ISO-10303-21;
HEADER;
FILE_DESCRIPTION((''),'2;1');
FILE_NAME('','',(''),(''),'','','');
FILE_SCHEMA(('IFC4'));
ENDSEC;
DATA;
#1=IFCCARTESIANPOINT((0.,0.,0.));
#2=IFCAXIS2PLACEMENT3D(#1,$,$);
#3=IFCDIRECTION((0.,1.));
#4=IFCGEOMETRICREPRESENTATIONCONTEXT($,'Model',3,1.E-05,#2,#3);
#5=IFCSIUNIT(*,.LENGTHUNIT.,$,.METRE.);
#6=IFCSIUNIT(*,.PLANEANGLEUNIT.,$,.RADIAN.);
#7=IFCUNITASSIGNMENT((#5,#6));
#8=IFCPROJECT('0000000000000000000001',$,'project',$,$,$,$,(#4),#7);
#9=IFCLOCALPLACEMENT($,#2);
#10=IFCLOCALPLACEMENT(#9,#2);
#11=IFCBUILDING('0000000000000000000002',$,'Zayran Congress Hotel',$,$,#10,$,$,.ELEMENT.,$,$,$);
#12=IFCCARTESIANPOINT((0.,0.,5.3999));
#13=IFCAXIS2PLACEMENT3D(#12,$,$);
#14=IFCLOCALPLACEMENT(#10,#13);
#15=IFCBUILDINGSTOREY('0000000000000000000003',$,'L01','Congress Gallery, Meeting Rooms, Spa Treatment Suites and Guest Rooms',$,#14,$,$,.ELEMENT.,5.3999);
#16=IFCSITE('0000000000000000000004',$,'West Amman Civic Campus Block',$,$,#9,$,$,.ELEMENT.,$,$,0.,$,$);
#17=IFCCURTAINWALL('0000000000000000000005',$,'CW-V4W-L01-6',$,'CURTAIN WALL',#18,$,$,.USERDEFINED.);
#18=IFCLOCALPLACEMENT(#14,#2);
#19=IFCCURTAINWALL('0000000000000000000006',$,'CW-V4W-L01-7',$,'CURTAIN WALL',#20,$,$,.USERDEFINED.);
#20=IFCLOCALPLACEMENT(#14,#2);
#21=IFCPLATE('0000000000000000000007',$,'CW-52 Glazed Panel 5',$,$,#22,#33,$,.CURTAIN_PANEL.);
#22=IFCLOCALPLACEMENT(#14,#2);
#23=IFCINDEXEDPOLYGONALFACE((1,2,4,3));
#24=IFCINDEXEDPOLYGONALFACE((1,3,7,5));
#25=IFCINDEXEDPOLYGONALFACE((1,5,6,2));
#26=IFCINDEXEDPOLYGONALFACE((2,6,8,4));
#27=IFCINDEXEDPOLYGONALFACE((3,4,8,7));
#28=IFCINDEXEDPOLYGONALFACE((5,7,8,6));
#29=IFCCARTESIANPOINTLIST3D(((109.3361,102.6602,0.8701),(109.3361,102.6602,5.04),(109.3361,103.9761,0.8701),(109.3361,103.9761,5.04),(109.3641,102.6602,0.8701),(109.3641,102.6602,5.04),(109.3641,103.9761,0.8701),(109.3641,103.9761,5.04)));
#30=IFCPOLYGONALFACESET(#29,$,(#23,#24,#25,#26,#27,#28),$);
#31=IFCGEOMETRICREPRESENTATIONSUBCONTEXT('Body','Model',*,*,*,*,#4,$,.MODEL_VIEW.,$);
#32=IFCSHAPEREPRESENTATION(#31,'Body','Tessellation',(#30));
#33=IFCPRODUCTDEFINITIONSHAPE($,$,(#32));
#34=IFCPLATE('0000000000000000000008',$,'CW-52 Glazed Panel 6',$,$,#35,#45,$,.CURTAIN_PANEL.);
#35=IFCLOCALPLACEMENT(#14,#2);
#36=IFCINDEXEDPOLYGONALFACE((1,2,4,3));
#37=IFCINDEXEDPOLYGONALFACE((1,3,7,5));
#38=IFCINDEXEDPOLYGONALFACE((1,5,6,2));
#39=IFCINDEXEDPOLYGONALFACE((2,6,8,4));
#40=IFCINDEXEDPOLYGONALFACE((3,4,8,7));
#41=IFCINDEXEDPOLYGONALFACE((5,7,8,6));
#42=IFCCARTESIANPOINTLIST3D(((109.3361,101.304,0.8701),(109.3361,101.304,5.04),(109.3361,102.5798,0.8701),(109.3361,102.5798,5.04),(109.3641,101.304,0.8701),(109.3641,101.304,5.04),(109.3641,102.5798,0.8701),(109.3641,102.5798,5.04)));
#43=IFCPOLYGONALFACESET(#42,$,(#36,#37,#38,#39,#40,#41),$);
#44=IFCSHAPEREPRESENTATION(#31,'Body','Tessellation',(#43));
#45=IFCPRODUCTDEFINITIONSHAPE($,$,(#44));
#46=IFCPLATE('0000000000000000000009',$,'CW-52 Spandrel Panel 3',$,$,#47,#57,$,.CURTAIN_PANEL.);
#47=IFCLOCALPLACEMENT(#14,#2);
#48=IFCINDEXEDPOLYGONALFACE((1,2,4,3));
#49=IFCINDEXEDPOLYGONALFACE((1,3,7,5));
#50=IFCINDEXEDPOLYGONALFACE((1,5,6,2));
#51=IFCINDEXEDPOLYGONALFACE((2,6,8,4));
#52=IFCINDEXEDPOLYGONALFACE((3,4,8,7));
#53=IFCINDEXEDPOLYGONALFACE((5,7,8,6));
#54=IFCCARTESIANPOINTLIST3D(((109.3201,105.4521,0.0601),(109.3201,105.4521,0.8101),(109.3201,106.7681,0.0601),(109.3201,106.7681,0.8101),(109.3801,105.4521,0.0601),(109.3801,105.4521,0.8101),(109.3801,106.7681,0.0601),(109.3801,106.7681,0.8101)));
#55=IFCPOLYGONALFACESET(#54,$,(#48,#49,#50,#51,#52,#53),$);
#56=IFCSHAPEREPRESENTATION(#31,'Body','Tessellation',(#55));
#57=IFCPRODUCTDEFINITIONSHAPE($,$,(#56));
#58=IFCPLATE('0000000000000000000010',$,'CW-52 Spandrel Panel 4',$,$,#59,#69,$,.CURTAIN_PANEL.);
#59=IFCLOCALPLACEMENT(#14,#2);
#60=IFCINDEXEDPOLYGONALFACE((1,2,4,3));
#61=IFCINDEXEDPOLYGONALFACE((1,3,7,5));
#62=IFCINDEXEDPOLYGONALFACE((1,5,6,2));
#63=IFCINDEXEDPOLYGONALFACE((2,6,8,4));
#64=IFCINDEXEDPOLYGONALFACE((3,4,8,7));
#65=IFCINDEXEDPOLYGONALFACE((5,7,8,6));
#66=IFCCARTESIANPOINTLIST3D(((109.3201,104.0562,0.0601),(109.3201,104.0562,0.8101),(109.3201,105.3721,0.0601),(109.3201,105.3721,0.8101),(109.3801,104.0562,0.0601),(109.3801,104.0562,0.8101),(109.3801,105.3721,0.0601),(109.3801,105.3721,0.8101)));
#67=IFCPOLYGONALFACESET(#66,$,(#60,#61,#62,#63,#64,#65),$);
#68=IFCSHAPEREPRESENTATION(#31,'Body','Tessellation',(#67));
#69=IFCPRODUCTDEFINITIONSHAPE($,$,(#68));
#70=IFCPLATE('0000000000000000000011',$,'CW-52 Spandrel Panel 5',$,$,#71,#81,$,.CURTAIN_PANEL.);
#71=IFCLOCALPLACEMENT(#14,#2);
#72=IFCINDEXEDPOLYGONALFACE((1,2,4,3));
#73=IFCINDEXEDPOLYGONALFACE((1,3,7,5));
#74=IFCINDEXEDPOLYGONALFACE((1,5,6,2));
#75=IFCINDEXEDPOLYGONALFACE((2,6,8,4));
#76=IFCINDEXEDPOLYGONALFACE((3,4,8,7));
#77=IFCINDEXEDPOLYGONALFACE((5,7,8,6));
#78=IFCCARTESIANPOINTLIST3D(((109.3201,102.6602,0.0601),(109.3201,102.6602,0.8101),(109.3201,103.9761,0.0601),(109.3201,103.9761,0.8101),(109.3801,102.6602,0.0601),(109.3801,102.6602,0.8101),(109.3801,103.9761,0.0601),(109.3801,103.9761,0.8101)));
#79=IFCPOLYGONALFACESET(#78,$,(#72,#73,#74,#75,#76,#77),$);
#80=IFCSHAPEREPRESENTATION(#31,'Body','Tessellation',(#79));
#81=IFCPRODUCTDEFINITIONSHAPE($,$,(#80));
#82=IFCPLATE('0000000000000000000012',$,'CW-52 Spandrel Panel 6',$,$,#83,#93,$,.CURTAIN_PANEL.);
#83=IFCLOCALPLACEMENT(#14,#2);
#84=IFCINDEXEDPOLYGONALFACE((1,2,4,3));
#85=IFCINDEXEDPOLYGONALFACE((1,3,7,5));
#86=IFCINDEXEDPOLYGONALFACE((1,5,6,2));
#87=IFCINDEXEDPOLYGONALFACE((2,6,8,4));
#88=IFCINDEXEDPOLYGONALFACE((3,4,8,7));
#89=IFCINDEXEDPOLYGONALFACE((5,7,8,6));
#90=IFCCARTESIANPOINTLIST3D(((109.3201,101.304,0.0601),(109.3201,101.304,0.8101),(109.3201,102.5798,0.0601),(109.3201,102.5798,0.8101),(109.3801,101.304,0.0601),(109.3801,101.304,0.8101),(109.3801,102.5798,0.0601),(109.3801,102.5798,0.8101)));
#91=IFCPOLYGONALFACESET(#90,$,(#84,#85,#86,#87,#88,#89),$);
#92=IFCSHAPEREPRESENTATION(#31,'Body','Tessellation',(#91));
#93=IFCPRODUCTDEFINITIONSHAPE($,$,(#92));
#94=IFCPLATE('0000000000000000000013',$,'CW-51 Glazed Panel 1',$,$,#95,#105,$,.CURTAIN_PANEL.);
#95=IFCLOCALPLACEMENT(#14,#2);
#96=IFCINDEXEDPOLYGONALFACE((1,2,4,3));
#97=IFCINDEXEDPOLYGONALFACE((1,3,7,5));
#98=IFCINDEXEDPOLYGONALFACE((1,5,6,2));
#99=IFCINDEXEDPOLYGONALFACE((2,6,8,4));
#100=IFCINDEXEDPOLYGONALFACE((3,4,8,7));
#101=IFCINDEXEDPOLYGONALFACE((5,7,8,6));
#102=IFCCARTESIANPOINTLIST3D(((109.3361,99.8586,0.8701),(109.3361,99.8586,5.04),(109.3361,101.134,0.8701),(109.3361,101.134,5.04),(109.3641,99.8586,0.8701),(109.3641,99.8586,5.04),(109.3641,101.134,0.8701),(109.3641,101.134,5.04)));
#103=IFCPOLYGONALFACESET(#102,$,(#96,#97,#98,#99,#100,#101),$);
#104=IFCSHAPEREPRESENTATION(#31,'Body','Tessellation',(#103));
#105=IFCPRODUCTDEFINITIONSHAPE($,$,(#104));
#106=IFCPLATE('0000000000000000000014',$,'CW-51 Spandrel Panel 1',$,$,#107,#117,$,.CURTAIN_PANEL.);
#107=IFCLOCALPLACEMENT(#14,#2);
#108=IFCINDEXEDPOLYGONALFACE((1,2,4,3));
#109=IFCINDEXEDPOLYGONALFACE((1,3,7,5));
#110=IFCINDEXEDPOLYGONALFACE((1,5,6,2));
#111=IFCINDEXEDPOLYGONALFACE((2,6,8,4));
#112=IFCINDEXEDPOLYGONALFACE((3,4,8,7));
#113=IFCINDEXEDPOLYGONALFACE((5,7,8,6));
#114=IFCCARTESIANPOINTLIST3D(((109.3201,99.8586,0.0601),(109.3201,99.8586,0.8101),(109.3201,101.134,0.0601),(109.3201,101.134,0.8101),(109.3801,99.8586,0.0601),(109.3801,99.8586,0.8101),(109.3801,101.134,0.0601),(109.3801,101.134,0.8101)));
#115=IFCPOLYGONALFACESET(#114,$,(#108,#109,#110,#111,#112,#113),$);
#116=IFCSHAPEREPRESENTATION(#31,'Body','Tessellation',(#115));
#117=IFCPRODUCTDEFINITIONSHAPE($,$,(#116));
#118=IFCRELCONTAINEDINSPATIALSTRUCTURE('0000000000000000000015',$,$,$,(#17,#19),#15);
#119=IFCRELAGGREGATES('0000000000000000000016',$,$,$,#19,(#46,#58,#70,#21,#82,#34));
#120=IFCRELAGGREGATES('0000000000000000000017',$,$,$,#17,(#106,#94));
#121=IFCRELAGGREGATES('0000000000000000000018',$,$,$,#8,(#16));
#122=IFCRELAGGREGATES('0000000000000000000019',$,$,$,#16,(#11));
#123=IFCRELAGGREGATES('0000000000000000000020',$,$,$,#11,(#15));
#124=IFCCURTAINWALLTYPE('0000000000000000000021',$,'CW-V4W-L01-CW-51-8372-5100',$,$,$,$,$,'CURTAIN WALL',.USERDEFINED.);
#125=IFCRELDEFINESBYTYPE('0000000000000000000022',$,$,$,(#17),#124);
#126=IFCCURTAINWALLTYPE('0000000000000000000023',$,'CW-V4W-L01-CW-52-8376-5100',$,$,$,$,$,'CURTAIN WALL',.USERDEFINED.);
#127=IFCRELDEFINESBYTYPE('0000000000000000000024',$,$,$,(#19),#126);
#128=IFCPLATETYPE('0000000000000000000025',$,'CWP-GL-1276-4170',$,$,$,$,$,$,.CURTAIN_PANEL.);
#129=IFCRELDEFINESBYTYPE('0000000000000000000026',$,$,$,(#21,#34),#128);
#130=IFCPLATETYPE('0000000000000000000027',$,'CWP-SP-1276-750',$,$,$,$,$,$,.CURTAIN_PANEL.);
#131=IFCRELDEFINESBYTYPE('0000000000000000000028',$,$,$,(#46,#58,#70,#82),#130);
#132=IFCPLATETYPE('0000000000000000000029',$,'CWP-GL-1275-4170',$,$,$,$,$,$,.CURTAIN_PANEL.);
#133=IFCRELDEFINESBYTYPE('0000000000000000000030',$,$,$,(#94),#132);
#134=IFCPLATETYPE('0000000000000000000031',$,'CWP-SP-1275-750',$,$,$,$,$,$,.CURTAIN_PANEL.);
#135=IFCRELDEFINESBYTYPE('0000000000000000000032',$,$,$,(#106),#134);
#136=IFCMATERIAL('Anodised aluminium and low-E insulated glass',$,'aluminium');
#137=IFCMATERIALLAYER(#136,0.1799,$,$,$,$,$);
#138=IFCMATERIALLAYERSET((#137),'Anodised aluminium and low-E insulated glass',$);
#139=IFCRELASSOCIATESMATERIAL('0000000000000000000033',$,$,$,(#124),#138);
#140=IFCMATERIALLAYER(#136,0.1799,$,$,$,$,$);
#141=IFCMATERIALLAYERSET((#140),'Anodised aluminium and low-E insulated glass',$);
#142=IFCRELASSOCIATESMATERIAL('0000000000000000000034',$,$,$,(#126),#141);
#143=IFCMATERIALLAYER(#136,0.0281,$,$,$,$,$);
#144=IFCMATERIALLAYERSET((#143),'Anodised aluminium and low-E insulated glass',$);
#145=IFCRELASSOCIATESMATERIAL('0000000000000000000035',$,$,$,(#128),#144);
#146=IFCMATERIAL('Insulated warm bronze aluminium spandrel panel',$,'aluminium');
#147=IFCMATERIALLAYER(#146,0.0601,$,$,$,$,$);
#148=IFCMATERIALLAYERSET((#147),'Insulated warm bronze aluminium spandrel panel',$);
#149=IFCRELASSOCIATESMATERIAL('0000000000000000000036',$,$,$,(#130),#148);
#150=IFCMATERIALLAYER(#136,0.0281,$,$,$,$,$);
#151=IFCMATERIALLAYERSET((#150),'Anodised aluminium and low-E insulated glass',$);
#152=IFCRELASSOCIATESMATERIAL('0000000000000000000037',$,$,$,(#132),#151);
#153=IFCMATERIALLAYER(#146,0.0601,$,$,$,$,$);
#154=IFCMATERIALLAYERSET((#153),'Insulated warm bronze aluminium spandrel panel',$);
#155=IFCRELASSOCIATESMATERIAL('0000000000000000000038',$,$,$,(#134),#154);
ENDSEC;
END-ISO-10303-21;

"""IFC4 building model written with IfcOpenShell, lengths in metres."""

from ifc_helpers import new_model, si_unit, direction, frame, origin, origin_2d, place, context, subcontext, project, spatial, rectangle, extrude, material, layer, layer_set, type_object, element, aggregate, save


model = new_model("IFC4")

# Units and contexts
model_context = context("Model", 3, precision=1e-05, world=origin(), true_north=direction((0.0, 1.0)))
body_context = subcontext(model_context, "Body", "Model", "MODEL_VIEW")
ifc_project = project(units=[si_unit("LENGTHUNIT", "METRE"), si_unit("PLANEANGLEUNIT", "RADIAN")], contexts=[model_context])

# Site, building, storey
site_placement = place(None, origin())
site = spatial("IfcSite", under=ifc_project, at=site_placement, Name="West Amman Civic Campus Block", CompositionType="ELEMENT", RefElevation=0.0)
building_placement = place(site_placement, origin())
building = spatial("IfcBuilding", under=site, at=building_placement, Name="Zayran Congress Hotel", CompositionType="ELEMENT")
storey_placement = place(building_placement, frame((0.0, 0.0, 5.3999)))
storey = spatial("IfcBuildingStorey", under=building, at=storey_placement, Name="L01", Description="Congress Gallery, Meeting Rooms, Spa Treatment Suites and Guest Rooms", CompositionType="ELEMENT", Elevation=5.3999)

# Curtain walls
ifc_material_1 = material(Name="Anodised aluminium and low-E insulated glass", Category="aluminium")
ifc_layer_1 = layer(ifc_material_1, 0.1799)
ifc_layer_set_1 = layer_set([ifc_layer_1], Name="Anodised aluminium and low-E insulated glass")
curtain_wall_type_1 = type_object("IfcCurtainWallType", Name="CW-V4W-L01-CW-51-8372-5100", ElementType="CURTAIN WALL", PredefinedType="USERDEFINED", material=ifc_layer_set_1)
curtain_wall_1_placement = place(storey_placement, origin())
curtain_wall_1 = element("IfcCurtainWall", 1, at=curtain_wall_1_placement, inside=storey, type_object=curtain_wall_type_1, Name="CW-V4W-L01-6", ObjectType="CURTAIN WALL", PredefinedType="USERDEFINED")
ifc_layer_2 = layer(ifc_material_1, 0.1799)
ifc_layer_set_2 = layer_set([ifc_layer_2], Name="Anodised aluminium and low-E insulated glass")
curtain_wall_type_2 = type_object("IfcCurtainWallType", Name="CW-V4W-L01-CW-52-8376-5100", ElementType="CURTAIN WALL", PredefinedType="USERDEFINED", material=ifc_layer_set_2)
curtain_wall_2_placement = place(storey_placement, origin())
curtain_wall_2 = element("IfcCurtainWall", 2, at=curtain_wall_2_placement, inside=storey, type_object=curtain_wall_type_2, Name="CW-V4W-L01-7", ObjectType="CURTAIN WALL", PredefinedType="USERDEFINED")

# Plates
ifc_layer_3 = layer(ifc_material_1, 0.0281)
ifc_layer_set_3 = layer_set([ifc_layer_3], Name="Anodised aluminium and low-E insulated glass")
plate_type_1 = type_object("IfcPlateType", Name="CWP-GL-1276-4170", PredefinedType="CURTAIN_PANEL", material=ifc_layer_set_3)
plate_1_placement = place(storey_placement, frame((109.3501, 103.3181, 0.8701), z_axis=(0.0, 0.0, 1.0), x_axis=(0.0, 1.0, 0.0)))
plate_1 = element("IfcPlate", 3, at=plate_1_placement, type_object=plate_type_1, Name="CW-52 Glazed Panel 5", PredefinedType="CURTAIN_PANEL", context=body_context, shape_type="SweptSolid", body=[
    extrude(rectangle(XDim=1.3159, YDim=0.0281, at=origin_2d()), origin(), (0.0, 0.0, 1.0), 4.1699),
])
plate_2_placement = place(storey_placement, frame((109.3501, 101.9419, 0.8701), z_axis=(0.0, 0.0, 1.0), x_axis=(0.0, 1.0, 0.0)))
plate_2 = element("IfcPlate", 4, at=plate_2_placement, type_object=plate_type_1, Name="CW-52 Glazed Panel 6", PredefinedType="CURTAIN_PANEL", context=body_context, shape_type="SweptSolid", body=[
    extrude(rectangle(XDim=1.2759, YDim=0.0281, at=origin_2d()), origin(), (0.0, 0.0, 1.0), 4.1699),
])
ifc_material_2 = material(Name="Insulated warm bronze aluminium spandrel panel", Category="aluminium")
ifc_layer_4 = layer(ifc_material_2, 0.0601)
ifc_layer_set_4 = layer_set([ifc_layer_4], Name="Insulated warm bronze aluminium spandrel panel")
plate_type_2 = type_object("IfcPlateType", Name="CWP-SP-1276-750", PredefinedType="CURTAIN_PANEL", material=ifc_layer_set_4)
plate_3_placement = place(storey_placement, frame((109.3501, 106.1101, 0.0601), z_axis=(0.0, 0.0, 1.0), x_axis=(0.0, 1.0, 0.0)))
plate_3 = element("IfcPlate", 5, at=plate_3_placement, type_object=plate_type_2, Name="CW-52 Spandrel Panel 3", PredefinedType="CURTAIN_PANEL", context=body_context, shape_type="SweptSolid", body=[
    extrude(rectangle(XDim=1.3159, YDim=0.0601, at=origin_2d()), origin(), (0.0, 0.0, 1.0), 0.75),
])
plate_4_placement = place(storey_placement, frame((109.3501, 104.7141, 0.0601), z_axis=(0.0, 0.0, 1.0), x_axis=(0.0, 1.0, 0.0)))
plate_4 = element("IfcPlate", 6, at=plate_4_placement, type_object=plate_type_2, Name="CW-52 Spandrel Panel 4", PredefinedType="CURTAIN_PANEL", context=body_context, shape_type="SweptSolid", body=[
    extrude(rectangle(XDim=1.3159, YDim=0.0601, at=origin_2d()), origin(), (0.0, 0.0, 1.0), 0.75),
])
plate_5_placement = place(storey_placement, frame((109.3501, 103.3181, 0.0601), z_axis=(0.0, 0.0, 1.0), x_axis=(0.0, 1.0, 0.0)))
plate_5 = element("IfcPlate", 7, at=plate_5_placement, type_object=plate_type_2, Name="CW-52 Spandrel Panel 5", PredefinedType="CURTAIN_PANEL", context=body_context, shape_type="SweptSolid", body=[
    extrude(rectangle(XDim=1.3159, YDim=0.0601, at=origin_2d()), origin(), (0.0, 0.0, 1.0), 0.75),
])
plate_6_placement = place(storey_placement, frame((109.3501, 101.9419, 0.0601), z_axis=(0.0, 0.0, 1.0), x_axis=(0.0, 1.0, 0.0)))
plate_6 = element("IfcPlate", 8, at=plate_6_placement, type_object=plate_type_2, Name="CW-52 Spandrel Panel 6", PredefinedType="CURTAIN_PANEL", context=body_context, shape_type="SweptSolid", body=[
    extrude(rectangle(XDim=1.2759, YDim=0.0601, at=origin_2d()), origin(), (0.0, 0.0, 1.0), 0.75),
])
aggregate(curtain_wall_2, [plate_3, plate_4, plate_5, plate_1, plate_6, plate_2])
ifc_layer_5 = layer(ifc_material_1, 0.0281)
ifc_layer_set_5 = layer_set([ifc_layer_5], Name="Anodised aluminium and low-E insulated glass")
plate_type_3 = type_object("IfcPlateType", Name="CWP-GL-1275-4170", PredefinedType="CURTAIN_PANEL", material=ifc_layer_set_5)
plate_7_placement = place(storey_placement, frame((109.3501, 100.4963, 0.8701), z_axis=(0.0, 0.0, 1.0), x_axis=(0.0, 1.0, 0.0)))
plate_7 = element("IfcPlate", 9, at=plate_7_placement, type_object=plate_type_3, Name="CW-51 Glazed Panel 1", PredefinedType="CURTAIN_PANEL", context=body_context, shape_type="SweptSolid", body=[
    extrude(rectangle(XDim=1.2754, YDim=0.0281, at=origin_2d()), origin(), (0.0, 0.0, 1.0), 4.1699),
])
ifc_layer_6 = layer(ifc_material_2, 0.0601)
ifc_layer_set_6 = layer_set([ifc_layer_6], Name="Insulated warm bronze aluminium spandrel panel")
plate_type_4 = type_object("IfcPlateType", Name="CWP-SP-1275-750", PredefinedType="CURTAIN_PANEL", material=ifc_layer_set_6)
plate_8_placement = place(storey_placement, frame((109.3501, 100.4963, 0.0601), z_axis=(0.0, 0.0, 1.0), x_axis=(0.0, 1.0, 0.0)))
plate_8 = element("IfcPlate", 10, at=plate_8_placement, type_object=plate_type_4, Name="CW-51 Spandrel Panel 1", PredefinedType="CURTAIN_PANEL", context=body_context, shape_type="SweptSolid", body=[
    extrude(rectangle(XDim=1.2754, YDim=0.0601, at=origin_2d()), origin(), (0.0, 0.0, 1.0), 0.75),
])
aggregate(curtain_wall_1, [plate_8, plate_7])

save(model, "model.ifc")
